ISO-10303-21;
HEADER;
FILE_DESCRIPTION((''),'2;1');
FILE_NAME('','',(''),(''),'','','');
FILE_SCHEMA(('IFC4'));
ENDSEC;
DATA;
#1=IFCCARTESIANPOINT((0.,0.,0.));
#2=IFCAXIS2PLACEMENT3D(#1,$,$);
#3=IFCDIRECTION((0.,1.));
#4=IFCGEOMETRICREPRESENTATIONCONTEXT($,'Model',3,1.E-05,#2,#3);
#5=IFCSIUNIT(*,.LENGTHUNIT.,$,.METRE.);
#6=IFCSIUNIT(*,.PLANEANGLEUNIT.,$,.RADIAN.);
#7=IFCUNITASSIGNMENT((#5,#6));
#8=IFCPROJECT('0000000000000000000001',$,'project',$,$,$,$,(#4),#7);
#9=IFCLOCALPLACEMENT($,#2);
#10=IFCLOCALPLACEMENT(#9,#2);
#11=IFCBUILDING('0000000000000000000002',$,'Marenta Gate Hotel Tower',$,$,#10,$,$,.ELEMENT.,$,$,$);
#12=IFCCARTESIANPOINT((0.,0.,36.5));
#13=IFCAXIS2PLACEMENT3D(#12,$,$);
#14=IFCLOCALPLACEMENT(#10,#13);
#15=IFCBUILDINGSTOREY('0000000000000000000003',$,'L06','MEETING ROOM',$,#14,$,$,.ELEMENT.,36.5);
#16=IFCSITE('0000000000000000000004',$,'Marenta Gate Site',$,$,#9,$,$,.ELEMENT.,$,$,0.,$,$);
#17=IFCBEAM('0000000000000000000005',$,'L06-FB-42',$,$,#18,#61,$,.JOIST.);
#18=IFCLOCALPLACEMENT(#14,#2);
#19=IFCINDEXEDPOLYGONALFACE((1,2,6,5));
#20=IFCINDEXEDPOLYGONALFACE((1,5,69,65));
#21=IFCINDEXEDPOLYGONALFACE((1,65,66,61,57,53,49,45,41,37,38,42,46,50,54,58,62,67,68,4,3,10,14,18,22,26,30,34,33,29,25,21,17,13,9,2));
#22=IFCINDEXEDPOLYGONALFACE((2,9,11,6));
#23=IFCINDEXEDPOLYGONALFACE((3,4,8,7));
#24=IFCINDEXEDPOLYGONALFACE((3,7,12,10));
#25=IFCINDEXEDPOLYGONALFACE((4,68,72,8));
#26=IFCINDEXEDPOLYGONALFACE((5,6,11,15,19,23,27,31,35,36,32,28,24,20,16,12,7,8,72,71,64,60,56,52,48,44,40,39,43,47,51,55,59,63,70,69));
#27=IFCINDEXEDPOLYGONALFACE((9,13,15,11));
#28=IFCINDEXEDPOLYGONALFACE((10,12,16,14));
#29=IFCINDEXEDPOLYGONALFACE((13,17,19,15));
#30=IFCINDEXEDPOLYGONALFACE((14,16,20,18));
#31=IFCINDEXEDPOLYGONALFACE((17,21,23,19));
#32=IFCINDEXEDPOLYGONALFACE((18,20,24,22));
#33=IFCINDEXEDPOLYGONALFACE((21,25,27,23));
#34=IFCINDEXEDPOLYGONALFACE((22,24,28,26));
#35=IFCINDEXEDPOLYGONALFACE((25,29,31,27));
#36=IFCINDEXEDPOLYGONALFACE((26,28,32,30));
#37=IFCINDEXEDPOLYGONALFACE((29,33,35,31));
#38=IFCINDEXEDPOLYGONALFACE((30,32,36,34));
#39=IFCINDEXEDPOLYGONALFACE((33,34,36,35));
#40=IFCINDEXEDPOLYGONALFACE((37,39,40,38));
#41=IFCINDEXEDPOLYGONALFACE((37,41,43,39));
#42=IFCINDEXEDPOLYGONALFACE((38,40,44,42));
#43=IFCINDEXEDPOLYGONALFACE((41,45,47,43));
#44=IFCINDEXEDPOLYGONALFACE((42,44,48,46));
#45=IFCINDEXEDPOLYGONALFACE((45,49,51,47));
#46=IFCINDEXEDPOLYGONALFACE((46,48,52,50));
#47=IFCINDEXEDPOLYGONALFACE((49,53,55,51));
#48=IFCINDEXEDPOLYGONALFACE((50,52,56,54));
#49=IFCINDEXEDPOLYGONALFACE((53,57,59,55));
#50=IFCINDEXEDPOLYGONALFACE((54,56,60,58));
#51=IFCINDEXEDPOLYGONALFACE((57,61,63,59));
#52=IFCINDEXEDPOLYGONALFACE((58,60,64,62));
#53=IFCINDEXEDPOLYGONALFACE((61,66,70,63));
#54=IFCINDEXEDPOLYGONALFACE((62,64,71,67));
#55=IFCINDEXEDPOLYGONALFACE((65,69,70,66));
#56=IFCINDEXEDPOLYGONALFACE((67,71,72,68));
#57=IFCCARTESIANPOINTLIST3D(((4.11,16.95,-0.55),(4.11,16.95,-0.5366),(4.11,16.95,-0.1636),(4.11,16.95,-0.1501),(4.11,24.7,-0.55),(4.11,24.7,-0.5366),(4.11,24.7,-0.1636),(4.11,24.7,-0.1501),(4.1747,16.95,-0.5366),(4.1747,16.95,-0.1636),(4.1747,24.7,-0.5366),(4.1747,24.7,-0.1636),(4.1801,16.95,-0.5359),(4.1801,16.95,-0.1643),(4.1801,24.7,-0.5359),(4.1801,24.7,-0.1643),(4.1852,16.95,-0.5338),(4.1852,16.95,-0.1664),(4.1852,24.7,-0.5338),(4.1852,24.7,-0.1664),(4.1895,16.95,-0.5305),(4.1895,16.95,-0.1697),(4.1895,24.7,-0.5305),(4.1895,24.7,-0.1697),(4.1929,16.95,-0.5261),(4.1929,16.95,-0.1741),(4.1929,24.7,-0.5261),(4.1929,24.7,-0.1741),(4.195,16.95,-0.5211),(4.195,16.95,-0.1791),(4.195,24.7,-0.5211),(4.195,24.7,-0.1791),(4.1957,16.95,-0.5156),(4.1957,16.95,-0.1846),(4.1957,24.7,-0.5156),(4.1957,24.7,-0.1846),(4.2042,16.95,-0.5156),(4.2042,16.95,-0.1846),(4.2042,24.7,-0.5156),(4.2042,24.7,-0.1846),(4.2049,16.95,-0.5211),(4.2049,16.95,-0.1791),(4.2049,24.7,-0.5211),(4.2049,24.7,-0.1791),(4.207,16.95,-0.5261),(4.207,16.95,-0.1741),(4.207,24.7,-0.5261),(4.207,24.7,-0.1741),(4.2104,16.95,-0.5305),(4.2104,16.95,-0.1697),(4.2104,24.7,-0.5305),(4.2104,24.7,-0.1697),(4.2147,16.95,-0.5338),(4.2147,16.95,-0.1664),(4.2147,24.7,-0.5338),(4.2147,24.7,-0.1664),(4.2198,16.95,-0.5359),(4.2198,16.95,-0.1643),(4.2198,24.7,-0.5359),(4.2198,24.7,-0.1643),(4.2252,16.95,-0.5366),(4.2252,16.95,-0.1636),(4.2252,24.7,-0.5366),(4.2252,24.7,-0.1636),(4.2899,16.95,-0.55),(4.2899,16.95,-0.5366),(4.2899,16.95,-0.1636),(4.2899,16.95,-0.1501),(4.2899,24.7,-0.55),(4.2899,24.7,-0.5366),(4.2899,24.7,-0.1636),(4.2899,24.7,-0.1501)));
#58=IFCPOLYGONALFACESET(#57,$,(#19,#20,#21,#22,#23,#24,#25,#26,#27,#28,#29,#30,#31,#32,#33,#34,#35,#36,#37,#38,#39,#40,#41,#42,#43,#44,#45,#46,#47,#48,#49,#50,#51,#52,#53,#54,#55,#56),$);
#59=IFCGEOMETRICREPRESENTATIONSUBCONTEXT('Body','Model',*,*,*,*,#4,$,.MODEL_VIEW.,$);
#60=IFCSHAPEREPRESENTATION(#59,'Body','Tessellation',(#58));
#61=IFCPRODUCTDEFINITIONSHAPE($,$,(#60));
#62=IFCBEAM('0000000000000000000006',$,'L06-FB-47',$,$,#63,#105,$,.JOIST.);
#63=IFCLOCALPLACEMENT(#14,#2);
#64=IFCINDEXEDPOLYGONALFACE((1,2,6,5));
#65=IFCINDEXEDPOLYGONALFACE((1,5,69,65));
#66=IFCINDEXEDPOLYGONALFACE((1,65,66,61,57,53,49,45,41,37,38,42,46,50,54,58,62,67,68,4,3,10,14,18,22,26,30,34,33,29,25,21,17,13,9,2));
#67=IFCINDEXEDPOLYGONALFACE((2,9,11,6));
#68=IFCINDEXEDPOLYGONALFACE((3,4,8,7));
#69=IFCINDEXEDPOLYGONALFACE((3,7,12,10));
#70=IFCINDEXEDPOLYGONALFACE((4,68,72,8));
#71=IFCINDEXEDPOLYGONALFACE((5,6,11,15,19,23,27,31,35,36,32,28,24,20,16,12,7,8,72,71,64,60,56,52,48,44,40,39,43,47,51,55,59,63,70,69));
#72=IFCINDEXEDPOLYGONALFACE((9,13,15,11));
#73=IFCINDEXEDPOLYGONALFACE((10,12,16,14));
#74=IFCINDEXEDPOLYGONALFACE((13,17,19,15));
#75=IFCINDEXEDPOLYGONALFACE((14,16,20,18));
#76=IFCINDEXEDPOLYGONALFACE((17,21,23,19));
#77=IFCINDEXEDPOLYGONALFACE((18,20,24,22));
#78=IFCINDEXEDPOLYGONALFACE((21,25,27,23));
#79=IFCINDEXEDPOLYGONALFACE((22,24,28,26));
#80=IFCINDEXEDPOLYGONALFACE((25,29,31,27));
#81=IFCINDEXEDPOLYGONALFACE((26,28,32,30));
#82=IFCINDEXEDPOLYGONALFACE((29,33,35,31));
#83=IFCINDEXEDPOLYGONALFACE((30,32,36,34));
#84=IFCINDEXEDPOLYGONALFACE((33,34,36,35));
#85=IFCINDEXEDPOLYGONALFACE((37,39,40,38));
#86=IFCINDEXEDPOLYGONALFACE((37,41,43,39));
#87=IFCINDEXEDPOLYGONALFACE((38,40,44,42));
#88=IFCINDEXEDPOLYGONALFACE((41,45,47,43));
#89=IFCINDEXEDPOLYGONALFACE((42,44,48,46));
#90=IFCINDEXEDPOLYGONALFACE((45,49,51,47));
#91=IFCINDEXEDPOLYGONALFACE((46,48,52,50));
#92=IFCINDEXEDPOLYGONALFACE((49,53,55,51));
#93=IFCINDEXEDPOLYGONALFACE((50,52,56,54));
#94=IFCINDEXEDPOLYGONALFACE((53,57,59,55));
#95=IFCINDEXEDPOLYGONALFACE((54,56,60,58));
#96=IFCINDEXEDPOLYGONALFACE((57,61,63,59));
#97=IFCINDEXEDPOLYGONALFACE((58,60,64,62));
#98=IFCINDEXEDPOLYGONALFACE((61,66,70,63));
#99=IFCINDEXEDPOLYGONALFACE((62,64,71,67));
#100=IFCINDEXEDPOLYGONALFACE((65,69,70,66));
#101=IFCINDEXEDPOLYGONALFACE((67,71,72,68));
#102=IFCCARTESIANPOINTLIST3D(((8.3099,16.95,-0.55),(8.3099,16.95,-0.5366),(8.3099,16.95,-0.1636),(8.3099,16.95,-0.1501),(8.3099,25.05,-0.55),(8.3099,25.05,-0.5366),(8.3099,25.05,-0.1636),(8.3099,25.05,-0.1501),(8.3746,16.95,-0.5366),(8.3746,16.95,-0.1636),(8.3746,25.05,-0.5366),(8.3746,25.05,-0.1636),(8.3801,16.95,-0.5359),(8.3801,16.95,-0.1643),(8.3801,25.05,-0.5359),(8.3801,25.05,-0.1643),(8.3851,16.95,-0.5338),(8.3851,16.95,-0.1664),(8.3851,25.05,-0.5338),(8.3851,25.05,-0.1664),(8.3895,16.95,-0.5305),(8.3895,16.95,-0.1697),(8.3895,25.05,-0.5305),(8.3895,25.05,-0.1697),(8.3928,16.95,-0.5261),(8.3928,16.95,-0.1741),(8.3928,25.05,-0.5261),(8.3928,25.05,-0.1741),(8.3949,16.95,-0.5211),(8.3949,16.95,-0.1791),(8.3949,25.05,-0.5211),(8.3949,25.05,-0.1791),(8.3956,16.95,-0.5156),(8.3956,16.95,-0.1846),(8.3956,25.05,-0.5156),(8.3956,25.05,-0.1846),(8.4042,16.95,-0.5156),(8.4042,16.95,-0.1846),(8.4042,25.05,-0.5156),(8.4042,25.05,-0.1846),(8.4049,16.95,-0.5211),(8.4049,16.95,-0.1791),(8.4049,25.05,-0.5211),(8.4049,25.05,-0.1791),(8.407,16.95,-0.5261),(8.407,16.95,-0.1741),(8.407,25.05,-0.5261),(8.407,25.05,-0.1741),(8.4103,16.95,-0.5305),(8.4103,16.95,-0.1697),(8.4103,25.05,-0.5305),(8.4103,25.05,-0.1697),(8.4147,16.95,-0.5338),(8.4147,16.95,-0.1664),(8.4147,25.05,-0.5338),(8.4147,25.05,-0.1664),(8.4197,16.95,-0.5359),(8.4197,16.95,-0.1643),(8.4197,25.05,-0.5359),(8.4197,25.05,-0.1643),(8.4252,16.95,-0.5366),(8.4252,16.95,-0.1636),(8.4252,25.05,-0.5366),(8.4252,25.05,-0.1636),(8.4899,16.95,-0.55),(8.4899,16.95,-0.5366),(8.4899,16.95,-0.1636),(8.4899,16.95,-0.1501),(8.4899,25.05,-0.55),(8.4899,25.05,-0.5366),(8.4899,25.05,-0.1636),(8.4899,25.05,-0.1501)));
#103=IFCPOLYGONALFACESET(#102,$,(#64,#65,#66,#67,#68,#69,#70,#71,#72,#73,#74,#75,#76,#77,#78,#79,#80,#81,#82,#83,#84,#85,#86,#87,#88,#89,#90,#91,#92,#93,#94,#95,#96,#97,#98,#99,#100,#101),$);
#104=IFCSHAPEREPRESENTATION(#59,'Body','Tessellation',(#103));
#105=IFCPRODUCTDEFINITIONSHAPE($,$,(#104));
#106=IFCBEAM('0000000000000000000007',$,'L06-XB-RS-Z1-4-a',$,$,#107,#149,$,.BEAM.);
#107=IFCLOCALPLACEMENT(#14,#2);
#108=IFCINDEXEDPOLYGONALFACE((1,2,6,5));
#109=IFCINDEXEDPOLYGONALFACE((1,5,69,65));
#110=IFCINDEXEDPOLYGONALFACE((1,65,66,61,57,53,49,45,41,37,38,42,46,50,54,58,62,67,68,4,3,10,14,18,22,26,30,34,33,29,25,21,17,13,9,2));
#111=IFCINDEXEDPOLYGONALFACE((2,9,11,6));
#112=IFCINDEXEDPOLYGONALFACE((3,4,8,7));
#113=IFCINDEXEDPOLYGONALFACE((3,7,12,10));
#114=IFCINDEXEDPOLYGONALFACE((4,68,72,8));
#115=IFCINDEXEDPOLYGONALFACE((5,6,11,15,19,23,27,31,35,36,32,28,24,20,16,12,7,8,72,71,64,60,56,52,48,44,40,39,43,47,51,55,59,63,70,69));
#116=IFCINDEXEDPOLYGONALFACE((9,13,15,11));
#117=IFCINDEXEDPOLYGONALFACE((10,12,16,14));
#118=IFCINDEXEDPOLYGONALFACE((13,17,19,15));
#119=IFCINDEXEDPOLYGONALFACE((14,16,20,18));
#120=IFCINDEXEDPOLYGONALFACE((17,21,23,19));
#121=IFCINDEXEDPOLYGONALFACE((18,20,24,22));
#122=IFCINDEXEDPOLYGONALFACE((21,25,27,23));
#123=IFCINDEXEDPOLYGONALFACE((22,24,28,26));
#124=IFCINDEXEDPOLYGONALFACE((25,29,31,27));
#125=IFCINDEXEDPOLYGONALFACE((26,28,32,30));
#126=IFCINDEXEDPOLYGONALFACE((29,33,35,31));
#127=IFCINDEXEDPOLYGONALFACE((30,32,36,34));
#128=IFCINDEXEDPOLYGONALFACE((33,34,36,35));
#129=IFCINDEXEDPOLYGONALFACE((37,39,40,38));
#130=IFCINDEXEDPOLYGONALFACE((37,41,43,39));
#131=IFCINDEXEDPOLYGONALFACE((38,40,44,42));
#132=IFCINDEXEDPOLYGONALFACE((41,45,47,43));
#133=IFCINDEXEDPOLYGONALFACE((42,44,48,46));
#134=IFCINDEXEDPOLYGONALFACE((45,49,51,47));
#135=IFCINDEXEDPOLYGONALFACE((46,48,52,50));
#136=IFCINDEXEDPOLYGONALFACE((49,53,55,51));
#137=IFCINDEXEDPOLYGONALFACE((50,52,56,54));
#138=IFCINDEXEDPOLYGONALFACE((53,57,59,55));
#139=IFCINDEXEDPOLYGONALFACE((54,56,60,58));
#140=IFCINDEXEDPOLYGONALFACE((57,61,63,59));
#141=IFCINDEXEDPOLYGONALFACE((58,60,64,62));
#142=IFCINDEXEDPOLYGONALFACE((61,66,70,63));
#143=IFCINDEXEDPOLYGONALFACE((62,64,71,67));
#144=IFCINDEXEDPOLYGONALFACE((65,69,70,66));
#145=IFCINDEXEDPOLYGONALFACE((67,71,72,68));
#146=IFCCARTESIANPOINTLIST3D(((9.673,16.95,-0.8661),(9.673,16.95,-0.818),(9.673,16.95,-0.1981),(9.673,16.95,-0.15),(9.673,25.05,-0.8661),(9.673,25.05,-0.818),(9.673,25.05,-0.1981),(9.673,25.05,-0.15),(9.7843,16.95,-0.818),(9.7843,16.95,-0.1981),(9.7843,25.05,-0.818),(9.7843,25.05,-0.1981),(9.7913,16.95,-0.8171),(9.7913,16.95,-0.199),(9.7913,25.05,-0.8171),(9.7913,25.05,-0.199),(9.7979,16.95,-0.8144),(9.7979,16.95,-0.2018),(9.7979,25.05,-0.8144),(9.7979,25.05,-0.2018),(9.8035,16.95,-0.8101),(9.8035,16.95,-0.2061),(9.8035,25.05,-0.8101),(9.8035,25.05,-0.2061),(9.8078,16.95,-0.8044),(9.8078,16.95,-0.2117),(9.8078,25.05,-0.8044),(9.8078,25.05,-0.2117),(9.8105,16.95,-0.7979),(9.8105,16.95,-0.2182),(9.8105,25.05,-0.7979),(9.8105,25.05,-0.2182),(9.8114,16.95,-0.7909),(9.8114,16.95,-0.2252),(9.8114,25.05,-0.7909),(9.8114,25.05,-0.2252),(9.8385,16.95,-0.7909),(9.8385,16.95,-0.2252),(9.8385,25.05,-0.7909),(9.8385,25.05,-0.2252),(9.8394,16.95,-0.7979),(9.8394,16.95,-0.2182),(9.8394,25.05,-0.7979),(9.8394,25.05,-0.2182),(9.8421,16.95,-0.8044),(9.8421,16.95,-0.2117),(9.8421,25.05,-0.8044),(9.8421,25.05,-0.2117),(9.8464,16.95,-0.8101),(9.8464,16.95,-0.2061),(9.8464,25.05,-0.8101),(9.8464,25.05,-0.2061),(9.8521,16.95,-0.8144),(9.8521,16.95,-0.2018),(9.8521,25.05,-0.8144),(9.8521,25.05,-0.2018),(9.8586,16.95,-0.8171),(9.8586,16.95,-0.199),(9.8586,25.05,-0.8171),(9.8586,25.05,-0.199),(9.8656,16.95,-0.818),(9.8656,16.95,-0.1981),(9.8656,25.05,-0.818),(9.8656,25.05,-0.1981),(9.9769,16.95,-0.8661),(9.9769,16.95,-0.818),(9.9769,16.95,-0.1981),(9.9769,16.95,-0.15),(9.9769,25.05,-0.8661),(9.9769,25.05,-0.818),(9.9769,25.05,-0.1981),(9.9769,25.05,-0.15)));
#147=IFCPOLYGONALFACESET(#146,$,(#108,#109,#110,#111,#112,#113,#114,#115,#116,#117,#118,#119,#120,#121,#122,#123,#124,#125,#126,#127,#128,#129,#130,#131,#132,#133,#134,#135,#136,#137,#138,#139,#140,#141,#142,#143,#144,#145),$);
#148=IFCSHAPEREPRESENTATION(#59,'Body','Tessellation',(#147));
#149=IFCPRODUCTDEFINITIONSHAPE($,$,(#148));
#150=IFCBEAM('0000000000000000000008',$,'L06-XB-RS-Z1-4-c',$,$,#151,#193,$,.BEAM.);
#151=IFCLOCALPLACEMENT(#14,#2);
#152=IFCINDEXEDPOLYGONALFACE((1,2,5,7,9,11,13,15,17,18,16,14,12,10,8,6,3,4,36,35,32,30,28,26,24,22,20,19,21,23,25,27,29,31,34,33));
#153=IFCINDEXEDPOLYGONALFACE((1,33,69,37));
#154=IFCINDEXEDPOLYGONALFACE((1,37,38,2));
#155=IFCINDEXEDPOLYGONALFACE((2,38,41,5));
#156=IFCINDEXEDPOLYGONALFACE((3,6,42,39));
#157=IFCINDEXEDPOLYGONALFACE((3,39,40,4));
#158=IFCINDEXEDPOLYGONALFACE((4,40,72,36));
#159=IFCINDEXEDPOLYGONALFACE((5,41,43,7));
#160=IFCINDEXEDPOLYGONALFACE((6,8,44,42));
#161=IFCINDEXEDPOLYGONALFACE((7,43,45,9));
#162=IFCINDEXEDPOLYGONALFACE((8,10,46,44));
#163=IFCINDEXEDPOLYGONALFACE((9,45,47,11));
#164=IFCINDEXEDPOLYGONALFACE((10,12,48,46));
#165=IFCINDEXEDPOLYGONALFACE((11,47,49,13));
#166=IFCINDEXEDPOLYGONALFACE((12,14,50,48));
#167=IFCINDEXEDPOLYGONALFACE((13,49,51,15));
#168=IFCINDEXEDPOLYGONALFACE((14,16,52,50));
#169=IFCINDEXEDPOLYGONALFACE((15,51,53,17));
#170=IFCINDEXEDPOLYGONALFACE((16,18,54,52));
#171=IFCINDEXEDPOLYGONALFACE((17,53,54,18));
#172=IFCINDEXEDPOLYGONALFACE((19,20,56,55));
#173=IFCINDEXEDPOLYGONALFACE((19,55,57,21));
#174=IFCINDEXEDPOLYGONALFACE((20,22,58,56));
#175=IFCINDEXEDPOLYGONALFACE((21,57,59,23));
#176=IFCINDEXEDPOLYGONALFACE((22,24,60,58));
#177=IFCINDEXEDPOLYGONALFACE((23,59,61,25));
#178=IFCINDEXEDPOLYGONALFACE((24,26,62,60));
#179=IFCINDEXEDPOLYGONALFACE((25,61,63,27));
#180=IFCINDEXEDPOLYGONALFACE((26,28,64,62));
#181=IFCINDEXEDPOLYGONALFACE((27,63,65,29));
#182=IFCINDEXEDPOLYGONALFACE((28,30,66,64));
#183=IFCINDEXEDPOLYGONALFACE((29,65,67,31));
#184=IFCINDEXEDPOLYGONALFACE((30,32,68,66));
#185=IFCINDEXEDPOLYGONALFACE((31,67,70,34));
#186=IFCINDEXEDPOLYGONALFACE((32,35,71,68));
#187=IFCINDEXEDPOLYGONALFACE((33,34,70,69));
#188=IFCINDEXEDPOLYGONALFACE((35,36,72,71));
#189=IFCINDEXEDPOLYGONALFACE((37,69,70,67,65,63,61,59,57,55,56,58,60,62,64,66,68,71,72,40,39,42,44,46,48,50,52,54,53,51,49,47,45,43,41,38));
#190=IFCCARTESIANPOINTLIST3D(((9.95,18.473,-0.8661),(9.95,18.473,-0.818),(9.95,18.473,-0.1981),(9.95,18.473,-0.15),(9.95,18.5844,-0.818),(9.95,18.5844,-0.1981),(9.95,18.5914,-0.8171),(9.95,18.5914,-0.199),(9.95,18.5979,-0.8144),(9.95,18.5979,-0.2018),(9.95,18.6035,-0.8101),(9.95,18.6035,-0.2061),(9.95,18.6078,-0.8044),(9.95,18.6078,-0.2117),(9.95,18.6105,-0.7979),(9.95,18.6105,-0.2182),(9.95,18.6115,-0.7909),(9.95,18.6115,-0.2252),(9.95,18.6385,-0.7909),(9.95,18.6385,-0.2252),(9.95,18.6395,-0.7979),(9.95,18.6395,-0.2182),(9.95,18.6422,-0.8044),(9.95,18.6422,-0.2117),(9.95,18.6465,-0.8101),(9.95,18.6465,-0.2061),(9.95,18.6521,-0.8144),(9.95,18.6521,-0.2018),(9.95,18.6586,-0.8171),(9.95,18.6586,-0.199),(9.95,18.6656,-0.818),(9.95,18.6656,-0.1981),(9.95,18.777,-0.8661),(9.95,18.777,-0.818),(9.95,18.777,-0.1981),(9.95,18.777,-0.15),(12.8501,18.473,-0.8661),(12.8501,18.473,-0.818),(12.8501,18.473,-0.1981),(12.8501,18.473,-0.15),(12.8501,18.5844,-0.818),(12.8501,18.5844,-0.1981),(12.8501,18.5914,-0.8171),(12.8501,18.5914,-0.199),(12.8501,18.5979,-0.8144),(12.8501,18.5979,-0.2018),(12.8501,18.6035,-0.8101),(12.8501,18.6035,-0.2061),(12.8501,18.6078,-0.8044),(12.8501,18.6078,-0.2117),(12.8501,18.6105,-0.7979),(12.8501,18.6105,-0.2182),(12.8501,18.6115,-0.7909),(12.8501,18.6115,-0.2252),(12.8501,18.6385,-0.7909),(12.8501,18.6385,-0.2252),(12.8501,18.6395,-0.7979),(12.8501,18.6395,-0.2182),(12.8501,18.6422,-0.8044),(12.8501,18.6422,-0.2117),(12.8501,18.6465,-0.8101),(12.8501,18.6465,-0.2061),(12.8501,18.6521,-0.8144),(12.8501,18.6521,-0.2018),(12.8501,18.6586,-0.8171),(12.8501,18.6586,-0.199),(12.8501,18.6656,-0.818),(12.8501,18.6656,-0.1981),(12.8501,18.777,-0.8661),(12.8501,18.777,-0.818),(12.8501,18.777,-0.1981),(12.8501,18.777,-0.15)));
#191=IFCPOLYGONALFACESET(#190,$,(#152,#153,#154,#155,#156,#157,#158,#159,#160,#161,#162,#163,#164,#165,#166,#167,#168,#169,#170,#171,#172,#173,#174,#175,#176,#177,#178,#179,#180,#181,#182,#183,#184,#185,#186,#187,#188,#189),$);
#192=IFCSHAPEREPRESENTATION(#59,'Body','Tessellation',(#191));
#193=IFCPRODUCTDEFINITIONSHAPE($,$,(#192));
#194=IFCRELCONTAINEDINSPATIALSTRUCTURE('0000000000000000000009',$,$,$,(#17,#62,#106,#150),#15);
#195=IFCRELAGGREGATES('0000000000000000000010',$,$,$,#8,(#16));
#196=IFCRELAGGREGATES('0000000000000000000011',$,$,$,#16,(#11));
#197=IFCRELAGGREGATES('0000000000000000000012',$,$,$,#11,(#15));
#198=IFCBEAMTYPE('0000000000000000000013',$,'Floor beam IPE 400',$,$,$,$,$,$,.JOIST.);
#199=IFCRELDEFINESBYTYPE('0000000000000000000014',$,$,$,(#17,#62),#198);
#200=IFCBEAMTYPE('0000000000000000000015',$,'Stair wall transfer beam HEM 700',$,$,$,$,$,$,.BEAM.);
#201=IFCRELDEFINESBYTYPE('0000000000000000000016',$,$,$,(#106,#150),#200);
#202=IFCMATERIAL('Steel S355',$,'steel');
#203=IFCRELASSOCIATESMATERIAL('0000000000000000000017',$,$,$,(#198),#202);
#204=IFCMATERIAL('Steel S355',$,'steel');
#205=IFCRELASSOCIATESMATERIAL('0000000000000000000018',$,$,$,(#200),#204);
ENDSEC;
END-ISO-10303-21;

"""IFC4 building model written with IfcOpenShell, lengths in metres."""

from ifc_helpers import new_model, si_unit, direction, frame, origin, origin_2d, place, context, subcontext, project, spatial, i_section, extrude, material, material_profile, profile_set, type_object, element, save


model = new_model("IFC4")

# Units and contexts
model_context = context("Model", 3, precision=1e-05, world=origin(), true_north=direction((0.0, 1.0)))
body_context = subcontext(model_context, "Body", "Model", "MODEL_VIEW")
ifc_project = project(units=[si_unit("LENGTHUNIT", "METRE"), si_unit("PLANEANGLEUNIT", "RADIAN")], contexts=[model_context])

# Site, building, storey
site_placement = place(None, origin())
site = spatial("IfcSite", under=ifc_project, at=site_placement, Name="Marenta Gate Site", CompositionType="ELEMENT", RefElevation=0.0)
building_placement = place(site_placement, origin())
building = spatial("IfcBuilding", under=site, at=building_placement, Name="Marenta Gate Hotel Tower", CompositionType="ELEMENT")
storey_placement = place(building_placement, frame((0.0, 0.0, 36.5)))
storey = spatial("IfcBuildingStorey", under=building, at=storey_placement, Name="L06", Description="MEETING ROOM", CompositionType="ELEMENT", Elevation=36.5)

# Beams
ifc_material_1 = material(Name="Steel S355", Category="steel")
ifc_material_profile_1 = material_profile(ifc_material_1, i_section(OverallWidth=0.1799, OverallDepth=0.3999, WebThickness=0.0085, FlangeThickness=0.0134, FilletRadius=0.021, at=origin_2d()), Name="IPE 400")
ifc_profile_set_1 = profile_set([ifc_material_profile_1], Name="Steel S355")
beam_type_1 = type_object("IfcBeamType", Name="Floor beam IPE 400", PredefinedType="JOIST", material=ifc_profile_set_1)
beam_1_placement = place(storey_placement, frame((4.2, 16.95, -0.3501), z_axis=(0.0, 1.0, 0.0), x_axis=(-1.0, 0.0, 0.0)))
element("IfcBeam", 1, at=beam_1_placement, inside=storey, type_object=beam_type_1, Name="L06-FB-42", PredefinedType="JOIST", context=body_context, shape_type="SweptSolid", body=[
    extrude(i_section(OverallWidth=0.1799, OverallDepth=0.3999, WebThickness=0.0085, FlangeThickness=0.0134, FilletRadius=0.021, at=origin_2d()), origin(), (0.0, 0.0, 1.0), 7.75),
])
beam_2_placement = place(storey_placement, frame((8.3999, 16.95, -0.3501), z_axis=(0.0, 1.0, 0.0), x_axis=(-1.0, 0.0, 0.0)))
element("IfcBeam", 2, at=beam_2_placement, inside=storey, type_object=beam_type_1, Name="L06-FB-47", PredefinedType="JOIST", context=body_context, shape_type="SweptSolid", body=[
    extrude(i_section(OverallWidth=0.1799, OverallDepth=0.3999, WebThickness=0.0085, FlangeThickness=0.0134, FilletRadius=0.021, at=origin_2d()), origin(), (0.0, 0.0, 1.0), 8.1001),
])
ifc_material_2 = material(Name="Steel S355", Category="steel")
ifc_material_profile_2 = material_profile(ifc_material_2, i_section(OverallWidth=0.304, OverallDepth=0.7161, WebThickness=0.0271, FlangeThickness=0.0481, FilletRadius=0.0271, at=origin_2d()), Name="HEM 700")
ifc_profile_set_2 = profile_set([ifc_material_profile_2], Name="Steel S355")
beam_type_2 = type_object("IfcBeamType", Name="Stair wall transfer beam HEM 700", PredefinedType="BEAM", material=ifc_profile_set_2)
beam_3_placement = place(storey_placement, frame((9.825, 16.95, -0.5081), z_axis=(0.0, 1.0, 0.0), x_axis=(-1.0, 0.0, 0.0)))
element("IfcBeam", 3, at=beam_3_placement, inside=storey, type_object=beam_type_2, Name="L06-XB-RS-Z1-4-a", PredefinedType="BEAM", context=body_context, shape_type="SweptSolid", body=[
    extrude(i_section(OverallWidth=0.304, OverallDepth=0.7161, WebThickness=0.0271, FlangeThickness=0.0481, FilletRadius=0.0271, at=origin_2d()), origin(), (0.0, 0.0, 1.0), 8.1001),
])
beam_4_placement = place(storey_placement, frame((9.95, 18.625, -0.5081), z_axis=(1.0, 0.0, 0.0), x_axis=(0.0, 1.0, 0.0)))
element("IfcBeam", 4, at=beam_4_placement, inside=storey, type_object=beam_type_2, Name="L06-XB-RS-Z1-4-c", PredefinedType="BEAM", context=body_context, shape_type="SweptSolid", body=[
    extrude(i_section(OverallWidth=0.304, OverallDepth=0.7161, WebThickness=0.0271, FlangeThickness=0.0481, FilletRadius=0.0271, at=origin_2d()), origin(), (0.0, 0.0, 1.0), 2.9001),
])

save(model, "model.ifc")
